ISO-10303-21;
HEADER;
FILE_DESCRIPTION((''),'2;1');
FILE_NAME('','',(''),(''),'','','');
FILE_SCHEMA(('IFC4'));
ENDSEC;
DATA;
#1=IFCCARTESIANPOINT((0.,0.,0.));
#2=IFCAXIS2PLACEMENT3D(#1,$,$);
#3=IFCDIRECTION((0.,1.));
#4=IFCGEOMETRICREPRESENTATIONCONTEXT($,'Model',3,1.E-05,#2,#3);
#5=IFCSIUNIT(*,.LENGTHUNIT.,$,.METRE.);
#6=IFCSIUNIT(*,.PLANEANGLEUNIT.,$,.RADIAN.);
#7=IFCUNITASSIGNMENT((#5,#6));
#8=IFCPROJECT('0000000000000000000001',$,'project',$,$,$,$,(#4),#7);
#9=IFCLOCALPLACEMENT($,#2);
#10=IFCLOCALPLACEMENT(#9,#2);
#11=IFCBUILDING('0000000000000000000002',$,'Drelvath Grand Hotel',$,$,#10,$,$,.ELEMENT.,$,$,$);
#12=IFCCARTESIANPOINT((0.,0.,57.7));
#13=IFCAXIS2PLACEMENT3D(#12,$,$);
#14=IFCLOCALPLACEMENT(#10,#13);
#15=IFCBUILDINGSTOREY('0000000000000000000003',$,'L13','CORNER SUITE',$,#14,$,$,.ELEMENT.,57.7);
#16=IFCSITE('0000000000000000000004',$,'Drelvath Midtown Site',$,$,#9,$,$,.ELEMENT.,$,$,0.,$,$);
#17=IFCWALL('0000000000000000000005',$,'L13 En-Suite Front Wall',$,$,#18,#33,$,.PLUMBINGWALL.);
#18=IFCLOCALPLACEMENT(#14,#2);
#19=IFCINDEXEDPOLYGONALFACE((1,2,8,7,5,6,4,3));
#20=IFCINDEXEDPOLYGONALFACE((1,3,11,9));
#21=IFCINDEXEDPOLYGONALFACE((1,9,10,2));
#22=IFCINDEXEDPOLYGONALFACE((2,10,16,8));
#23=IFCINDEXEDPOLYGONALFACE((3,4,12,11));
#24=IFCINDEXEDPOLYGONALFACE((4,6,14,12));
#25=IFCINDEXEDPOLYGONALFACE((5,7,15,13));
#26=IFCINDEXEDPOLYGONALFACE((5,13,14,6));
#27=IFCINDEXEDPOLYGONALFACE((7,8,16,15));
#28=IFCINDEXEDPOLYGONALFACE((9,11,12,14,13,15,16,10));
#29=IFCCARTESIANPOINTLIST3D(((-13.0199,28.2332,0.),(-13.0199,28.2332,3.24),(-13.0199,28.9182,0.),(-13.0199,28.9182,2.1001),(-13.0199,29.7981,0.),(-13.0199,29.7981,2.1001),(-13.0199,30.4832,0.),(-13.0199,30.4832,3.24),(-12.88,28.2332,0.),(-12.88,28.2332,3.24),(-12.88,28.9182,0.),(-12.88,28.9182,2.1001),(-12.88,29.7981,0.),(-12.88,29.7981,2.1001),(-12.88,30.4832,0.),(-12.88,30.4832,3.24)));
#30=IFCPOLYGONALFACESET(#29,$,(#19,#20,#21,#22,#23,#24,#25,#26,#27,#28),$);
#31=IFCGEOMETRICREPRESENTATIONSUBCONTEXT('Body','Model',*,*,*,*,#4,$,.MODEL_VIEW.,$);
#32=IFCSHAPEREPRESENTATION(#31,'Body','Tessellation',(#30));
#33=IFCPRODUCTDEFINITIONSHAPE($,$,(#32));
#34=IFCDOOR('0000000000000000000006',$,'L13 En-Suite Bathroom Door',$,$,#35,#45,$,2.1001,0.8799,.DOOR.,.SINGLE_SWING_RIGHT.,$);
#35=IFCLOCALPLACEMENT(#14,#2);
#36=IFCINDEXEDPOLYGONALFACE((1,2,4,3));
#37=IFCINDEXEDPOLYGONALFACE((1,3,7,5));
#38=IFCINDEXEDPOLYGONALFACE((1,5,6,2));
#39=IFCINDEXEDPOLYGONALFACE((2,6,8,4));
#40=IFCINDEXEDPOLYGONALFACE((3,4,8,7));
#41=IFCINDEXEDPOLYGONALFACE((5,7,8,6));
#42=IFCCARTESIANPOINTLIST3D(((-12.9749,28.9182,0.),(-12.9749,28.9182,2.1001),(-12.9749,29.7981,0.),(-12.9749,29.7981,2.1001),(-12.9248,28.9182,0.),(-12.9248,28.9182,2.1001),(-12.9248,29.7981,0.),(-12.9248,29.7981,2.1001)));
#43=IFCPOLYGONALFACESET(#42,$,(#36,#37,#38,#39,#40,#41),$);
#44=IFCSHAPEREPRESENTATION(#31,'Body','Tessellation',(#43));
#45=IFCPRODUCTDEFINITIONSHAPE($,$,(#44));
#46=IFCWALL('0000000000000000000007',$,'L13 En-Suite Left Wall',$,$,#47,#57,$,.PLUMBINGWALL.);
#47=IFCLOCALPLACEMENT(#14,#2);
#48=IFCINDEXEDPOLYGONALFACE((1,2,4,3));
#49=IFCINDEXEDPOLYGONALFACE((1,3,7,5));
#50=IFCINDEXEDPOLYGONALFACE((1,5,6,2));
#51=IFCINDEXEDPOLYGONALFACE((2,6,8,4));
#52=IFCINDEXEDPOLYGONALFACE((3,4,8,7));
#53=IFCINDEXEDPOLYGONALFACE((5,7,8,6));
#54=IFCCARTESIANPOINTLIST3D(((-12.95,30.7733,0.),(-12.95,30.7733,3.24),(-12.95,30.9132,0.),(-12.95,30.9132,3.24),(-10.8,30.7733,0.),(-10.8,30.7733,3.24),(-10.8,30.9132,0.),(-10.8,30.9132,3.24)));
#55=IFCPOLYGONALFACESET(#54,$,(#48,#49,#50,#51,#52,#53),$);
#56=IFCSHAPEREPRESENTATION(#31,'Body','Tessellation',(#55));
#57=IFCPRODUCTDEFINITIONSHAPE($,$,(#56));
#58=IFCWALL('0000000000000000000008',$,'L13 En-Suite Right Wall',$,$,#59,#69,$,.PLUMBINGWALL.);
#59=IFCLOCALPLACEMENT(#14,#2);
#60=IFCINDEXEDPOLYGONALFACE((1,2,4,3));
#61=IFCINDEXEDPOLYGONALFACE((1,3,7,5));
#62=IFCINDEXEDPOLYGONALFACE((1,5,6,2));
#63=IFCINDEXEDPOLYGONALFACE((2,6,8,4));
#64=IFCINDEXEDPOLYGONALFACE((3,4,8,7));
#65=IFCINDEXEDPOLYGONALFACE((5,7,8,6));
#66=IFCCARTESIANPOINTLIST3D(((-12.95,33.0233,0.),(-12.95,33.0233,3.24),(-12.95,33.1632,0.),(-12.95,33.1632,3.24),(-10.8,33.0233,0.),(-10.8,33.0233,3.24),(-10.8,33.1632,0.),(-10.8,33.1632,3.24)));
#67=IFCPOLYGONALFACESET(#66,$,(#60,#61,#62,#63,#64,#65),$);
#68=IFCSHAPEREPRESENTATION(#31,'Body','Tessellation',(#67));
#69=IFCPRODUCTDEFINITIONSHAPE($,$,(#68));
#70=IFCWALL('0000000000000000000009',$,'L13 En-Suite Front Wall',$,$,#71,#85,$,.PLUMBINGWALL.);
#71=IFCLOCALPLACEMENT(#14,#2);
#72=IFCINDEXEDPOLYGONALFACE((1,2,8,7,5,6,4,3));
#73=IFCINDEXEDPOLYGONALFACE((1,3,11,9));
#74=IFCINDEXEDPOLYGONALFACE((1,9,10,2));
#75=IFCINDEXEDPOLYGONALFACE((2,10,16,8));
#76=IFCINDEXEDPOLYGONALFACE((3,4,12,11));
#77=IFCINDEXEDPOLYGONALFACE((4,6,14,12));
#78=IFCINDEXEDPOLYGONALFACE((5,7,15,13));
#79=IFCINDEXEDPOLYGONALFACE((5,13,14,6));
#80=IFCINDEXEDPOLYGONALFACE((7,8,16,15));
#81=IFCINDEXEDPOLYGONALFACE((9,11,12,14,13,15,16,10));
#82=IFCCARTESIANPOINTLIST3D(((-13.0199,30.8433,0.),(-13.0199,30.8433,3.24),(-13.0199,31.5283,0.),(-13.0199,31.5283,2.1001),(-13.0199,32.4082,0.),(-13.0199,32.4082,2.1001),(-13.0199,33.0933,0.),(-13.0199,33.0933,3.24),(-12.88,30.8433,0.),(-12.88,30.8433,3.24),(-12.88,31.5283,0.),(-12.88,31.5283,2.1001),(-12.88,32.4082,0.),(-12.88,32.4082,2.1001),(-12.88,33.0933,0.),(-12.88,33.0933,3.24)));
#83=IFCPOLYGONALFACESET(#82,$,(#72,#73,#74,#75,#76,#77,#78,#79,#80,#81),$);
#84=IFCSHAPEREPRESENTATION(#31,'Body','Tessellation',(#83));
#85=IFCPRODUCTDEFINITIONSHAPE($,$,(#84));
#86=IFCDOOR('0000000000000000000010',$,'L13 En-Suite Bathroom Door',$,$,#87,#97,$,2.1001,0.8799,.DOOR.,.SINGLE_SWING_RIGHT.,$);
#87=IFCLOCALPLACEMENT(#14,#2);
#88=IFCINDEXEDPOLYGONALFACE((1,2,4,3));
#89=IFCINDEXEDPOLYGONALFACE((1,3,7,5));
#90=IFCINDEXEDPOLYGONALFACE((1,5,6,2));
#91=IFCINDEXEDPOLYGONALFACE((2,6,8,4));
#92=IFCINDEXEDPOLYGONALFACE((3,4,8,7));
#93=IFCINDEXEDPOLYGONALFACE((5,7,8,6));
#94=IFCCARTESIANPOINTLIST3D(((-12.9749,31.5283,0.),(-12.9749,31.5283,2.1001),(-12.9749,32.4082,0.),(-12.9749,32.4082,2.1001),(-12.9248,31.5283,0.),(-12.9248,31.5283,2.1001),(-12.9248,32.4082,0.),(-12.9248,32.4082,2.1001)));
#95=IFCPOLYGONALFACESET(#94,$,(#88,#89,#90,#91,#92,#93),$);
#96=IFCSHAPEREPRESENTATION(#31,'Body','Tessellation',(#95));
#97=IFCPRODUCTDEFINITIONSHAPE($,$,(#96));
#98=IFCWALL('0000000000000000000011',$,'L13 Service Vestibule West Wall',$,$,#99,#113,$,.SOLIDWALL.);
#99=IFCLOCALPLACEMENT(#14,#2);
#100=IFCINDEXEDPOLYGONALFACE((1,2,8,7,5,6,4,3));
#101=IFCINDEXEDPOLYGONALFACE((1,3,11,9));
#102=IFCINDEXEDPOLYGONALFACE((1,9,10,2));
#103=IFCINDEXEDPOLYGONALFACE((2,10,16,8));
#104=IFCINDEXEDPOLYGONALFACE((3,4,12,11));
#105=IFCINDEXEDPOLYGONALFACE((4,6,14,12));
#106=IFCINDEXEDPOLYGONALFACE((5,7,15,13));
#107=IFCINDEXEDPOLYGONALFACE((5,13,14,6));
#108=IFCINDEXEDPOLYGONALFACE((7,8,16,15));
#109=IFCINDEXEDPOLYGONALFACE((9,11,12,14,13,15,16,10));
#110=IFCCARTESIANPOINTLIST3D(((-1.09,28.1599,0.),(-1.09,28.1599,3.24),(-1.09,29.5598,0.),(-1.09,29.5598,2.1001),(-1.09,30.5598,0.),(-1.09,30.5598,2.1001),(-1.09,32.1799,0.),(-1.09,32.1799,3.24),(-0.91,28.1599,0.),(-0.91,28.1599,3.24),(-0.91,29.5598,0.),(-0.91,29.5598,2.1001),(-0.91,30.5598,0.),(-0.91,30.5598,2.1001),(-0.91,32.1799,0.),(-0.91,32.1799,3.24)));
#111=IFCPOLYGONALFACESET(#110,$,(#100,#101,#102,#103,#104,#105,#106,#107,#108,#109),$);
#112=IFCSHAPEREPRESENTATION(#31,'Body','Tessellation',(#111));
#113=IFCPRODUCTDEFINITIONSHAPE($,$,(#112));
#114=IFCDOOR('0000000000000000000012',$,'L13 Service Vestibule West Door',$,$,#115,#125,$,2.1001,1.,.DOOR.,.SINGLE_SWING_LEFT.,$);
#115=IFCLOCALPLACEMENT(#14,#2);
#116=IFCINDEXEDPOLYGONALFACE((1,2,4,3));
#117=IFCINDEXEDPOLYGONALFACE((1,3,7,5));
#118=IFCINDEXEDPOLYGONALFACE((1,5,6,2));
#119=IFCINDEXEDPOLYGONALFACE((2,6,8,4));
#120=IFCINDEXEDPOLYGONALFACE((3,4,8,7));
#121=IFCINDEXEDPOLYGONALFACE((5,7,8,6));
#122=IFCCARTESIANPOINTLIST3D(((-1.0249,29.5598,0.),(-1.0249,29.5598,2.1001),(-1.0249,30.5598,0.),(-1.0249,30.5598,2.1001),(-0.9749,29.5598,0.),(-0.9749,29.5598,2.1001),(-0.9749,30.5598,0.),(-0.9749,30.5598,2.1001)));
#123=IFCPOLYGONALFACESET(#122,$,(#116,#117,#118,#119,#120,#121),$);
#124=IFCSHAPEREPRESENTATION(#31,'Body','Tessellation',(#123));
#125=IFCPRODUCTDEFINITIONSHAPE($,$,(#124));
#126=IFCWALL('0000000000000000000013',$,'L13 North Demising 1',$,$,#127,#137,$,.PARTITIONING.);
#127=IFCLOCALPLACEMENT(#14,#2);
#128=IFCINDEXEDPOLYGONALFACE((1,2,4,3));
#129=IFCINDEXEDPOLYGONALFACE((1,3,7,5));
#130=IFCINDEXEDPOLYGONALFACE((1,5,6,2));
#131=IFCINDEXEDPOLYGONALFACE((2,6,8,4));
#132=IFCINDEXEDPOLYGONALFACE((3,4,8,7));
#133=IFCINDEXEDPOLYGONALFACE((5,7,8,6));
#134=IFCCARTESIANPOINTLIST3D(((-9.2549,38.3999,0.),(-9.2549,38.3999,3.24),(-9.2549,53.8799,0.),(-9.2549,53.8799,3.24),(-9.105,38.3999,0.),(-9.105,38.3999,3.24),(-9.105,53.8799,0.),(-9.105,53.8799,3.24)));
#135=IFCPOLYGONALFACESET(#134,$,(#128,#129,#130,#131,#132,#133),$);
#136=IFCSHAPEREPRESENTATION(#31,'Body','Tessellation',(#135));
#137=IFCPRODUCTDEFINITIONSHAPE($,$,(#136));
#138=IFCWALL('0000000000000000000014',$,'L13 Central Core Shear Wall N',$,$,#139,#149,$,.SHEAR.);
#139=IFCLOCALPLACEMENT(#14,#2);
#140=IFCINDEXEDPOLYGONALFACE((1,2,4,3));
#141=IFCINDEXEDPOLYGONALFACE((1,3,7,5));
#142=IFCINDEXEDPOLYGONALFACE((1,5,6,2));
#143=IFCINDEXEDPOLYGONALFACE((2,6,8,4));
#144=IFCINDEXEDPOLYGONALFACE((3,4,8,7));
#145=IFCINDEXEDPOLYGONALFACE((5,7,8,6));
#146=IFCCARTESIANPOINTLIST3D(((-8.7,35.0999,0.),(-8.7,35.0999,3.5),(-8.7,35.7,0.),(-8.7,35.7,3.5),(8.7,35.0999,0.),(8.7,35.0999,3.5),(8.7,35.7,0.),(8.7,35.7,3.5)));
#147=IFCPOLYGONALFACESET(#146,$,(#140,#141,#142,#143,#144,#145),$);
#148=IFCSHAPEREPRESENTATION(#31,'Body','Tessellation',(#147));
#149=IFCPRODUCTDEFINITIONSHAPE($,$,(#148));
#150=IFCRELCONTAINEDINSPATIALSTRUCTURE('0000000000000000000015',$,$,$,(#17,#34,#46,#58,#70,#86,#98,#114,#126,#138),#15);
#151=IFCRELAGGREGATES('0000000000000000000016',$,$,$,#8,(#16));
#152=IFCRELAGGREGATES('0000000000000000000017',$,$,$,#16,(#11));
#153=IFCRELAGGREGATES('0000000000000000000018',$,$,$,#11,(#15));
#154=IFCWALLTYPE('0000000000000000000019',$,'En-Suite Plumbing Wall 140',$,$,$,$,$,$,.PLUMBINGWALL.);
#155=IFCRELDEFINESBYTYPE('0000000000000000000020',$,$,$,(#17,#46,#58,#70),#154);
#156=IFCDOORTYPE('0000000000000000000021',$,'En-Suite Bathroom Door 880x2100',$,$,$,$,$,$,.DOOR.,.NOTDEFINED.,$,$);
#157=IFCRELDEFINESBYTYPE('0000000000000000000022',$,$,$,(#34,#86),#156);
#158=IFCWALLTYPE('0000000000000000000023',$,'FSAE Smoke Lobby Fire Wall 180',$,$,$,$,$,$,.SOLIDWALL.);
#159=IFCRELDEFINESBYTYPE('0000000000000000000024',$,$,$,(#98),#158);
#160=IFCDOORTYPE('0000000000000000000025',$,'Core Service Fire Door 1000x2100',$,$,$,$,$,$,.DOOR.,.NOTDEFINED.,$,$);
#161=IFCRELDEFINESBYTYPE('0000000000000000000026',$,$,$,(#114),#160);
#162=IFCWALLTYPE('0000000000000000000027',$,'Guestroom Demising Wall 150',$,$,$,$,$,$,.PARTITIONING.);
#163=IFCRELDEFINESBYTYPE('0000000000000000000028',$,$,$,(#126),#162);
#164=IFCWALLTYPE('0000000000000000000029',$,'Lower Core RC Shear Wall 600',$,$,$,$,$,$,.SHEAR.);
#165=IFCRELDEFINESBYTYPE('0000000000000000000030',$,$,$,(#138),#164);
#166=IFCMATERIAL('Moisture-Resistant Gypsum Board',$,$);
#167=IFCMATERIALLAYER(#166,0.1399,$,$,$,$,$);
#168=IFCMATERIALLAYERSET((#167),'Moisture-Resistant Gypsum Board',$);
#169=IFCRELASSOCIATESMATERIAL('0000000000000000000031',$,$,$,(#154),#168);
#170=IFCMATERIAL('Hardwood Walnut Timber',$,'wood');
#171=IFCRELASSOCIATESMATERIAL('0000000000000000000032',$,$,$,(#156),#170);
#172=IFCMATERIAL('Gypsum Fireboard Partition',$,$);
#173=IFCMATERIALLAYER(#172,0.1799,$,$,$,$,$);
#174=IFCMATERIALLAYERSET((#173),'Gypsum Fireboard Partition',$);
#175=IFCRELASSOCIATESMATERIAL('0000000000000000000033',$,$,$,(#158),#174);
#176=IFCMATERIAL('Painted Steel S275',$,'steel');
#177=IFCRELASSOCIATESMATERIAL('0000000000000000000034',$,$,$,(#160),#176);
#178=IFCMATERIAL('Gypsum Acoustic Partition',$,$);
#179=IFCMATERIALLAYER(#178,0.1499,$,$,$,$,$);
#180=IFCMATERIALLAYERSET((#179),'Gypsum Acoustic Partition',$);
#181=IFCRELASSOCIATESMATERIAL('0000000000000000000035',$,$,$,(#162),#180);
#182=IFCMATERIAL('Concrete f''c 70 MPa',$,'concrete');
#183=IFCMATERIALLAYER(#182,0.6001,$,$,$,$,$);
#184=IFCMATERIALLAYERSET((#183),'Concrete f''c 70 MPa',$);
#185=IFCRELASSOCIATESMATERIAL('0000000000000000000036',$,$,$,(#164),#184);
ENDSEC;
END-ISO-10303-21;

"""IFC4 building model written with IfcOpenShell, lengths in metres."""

from ifc_helpers import new_model, si_unit, direction, frame, frame_2d, origin, place, context, subcontext, project, spatial, rectangle, extrude, material, layer, layer_set, type_object, element, fill, save


model = new_model("IFC4")

# Units and contexts
model_context = context("Model", 3, precision=1e-05, world=origin(), true_north=direction((0.0, 1.0)))
body_context = subcontext(model_context, "Body", "Model", "MODEL_VIEW")
ifc_project = project(units=[si_unit("LENGTHUNIT", "METRE"), si_unit("PLANEANGLEUNIT", "RADIAN")], contexts=[model_context])

# Site, building, storey
site_placement = place(None, origin())
site = spatial("IfcSite", under=ifc_project, at=site_placement, Name="Drelvath Midtown Site", CompositionType="ELEMENT", RefElevation=0.0)
building_placement = place(site_placement, origin())
building = spatial("IfcBuilding", under=site, at=building_placement, Name="Drelvath Grand Hotel", CompositionType="ELEMENT")
storey_placement = place(building_placement, frame((0.0, 0.0, 57.7)))
storey = spatial("IfcBuildingStorey", under=building, at=storey_placement, Name="L13", Description="CORNER SUITE", CompositionType="ELEMENT", Elevation=57.7)

# Shared definitions
ifc_material_1 = material(Name="Concrete f'c 70 MPa", Category="concrete")

# Shared definitions
ifc_material_2 = material(Name="Painted Steel S275", Category="steel")

# Shared definitions
ifc_material_3 = material(Name="Gypsum Fireboard Partition")
ifc_material_4 = material(Name="Moisture-Resistant Gypsum Board")
ifc_layer_1 = layer(ifc_material_4, 0.1399)
ifc_layer_set_1 = layer_set([ifc_layer_1], Name="Moisture-Resistant Gypsum Board")
wall_type_1 = type_object("IfcWallType", Name="En-Suite Plumbing Wall 140", PredefinedType="PLUMBINGWALL", material=ifc_layer_set_1)

# Wall, opening, door
wall_1_placement = place(storey_placement, frame((-12.95, 28.2332, 0.0), z_axis=(0.0, 0.0, 1.0), x_axis=(0.0, 1.0, 0.0)))
wall_1 = element("IfcWall", 1, at=wall_1_placement, inside=storey, type_object=wall_type_1, Name="L13 En-Suite Front Wall", PredefinedType="PLUMBINGWALL", context=body_context, shape_type="SweptSolid", body=[
    extrude(rectangle(XDim=2.25, YDim=0.1399, at=frame_2d((1.125, 0.0))), origin(), (0.0, 0.0, 1.0), 3.24),
])
opening_1_placement = place(wall_1_placement, frame((0.6851, 0.0, 0.0)))
opening_1 = element("IfcOpeningElement", 2, at=opening_1_placement, cuts=wall_1, PredefinedType="OPENING", context=body_context, shape_type="SweptSolid", body=[
    extrude(rectangle(XDim=0.8799, YDim=2.1001, at=frame_2d((0.4399, 1.05))), frame((0.0, 0.0798, 0.0), z_axis=(0.0, -1.0, 0.0), x_axis=(1.0, 0.0, 0.0)), (0.0, 0.0, 1.0), 0.1599),
])
ifc_material_5 = material(Name="Hardwood Walnut Timber", Category="wood")
door_type_1 = type_object("IfcDoorType", Name="En-Suite Bathroom Door 880x2100", OperationType="NOTDEFINED", PredefinedType="DOOR", material=ifc_material_5)
door_1_placement = place(opening_1_placement, origin())
door_1 = element("IfcDoor", 3, at=door_1_placement, inside=storey, type_object=door_type_1, Name="L13 En-Suite Bathroom Door", OperationType="SINGLE_SWING_RIGHT", OverallHeight=2.1001, OverallWidth=0.8799, PredefinedType="DOOR", context=body_context, shape_type="SweptSolid", body=[
    extrude(rectangle(XDim=0.8799, YDim=2.1001, at=frame_2d((0.4399, 1.05))), frame((0.0, 0.0249, 0.0), z_axis=(0.0, -1.0, 0.0), x_axis=(1.0, 0.0, 0.0)), (0.0, 0.0, 1.0), 0.05),
])
fill(opening_1, door_1)

# Walls
for number, where, z_axis, x_axis, name in (
    (4, (-10.8, 30.8433, 0.0), (0.0, 0.0, 1.0), (-1.0, 0.0, 0.0), "L13 En-Suite Left Wall"),
    (5, (-10.8, 33.0933, 0.0), (0.0, 0.0, 1.0), (-1.0, 0.0, 0.0), "L13 En-Suite Right Wall"),
):
    element("IfcWall", number, at=place(storey_placement, frame(where, z_axis=z_axis, x_axis=x_axis)), inside=storey, type_object=wall_type_1, Name=name, PredefinedType="PLUMBINGWALL", context=body_context, shape_type="SweptSolid", body=[
        extrude(rectangle(XDim=2.1499, YDim=0.1399, at=frame_2d((1.075, 0.0))), origin(), (0.0, 0.0, 1.0), 3.24),
    ])

# Walls, openings, doors
wall_2_placement = place(storey_placement, frame((-12.95, 30.8433, 0.0), z_axis=(0.0, 0.0, 1.0), x_axis=(0.0, 1.0, 0.0)))
wall_2 = element("IfcWall", 6, at=wall_2_placement, inside=storey, type_object=wall_type_1, Name="L13 En-Suite Front Wall", PredefinedType="PLUMBINGWALL", context=body_context, shape_type="SweptSolid", body=[
    extrude(rectangle(XDim=2.25, YDim=0.1399, at=frame_2d((1.125, 0.0))), origin(), (0.0, 0.0, 1.0), 3.24),
])
opening_2_placement = place(wall_2_placement, frame((0.6851, 0.0, 0.0)))
opening_2 = element("IfcOpeningElement", 7, at=opening_2_placement, cuts=wall_2, PredefinedType="OPENING", context=body_context, shape_type="SweptSolid", body=[
    extrude(rectangle(XDim=0.8799, YDim=2.1001, at=frame_2d((0.4399, 1.05))), frame((0.0, 0.0798, 0.0), z_axis=(0.0, -1.0, 0.0), x_axis=(1.0, 0.0, 0.0)), (0.0, 0.0, 1.0), 0.1599),
])
door_2_placement = place(opening_2_placement, origin())
door_2 = element("IfcDoor", 8, at=door_2_placement, inside=storey, type_object=door_type_1, Name="L13 En-Suite Bathroom Door", OperationType="SINGLE_SWING_RIGHT", OverallHeight=2.1001, OverallWidth=0.8799, PredefinedType="DOOR", context=body_context, shape_type="SweptSolid", body=[
    extrude(rectangle(XDim=0.8799, YDim=2.1001, at=frame_2d((0.4399, 1.05))), frame((0.0, 0.0249, 0.0), z_axis=(0.0, -1.0, 0.0), x_axis=(1.0, 0.0, 0.0)), (0.0, 0.0, 1.0), 0.05),
])
fill(opening_2, door_2)
ifc_layer_2 = layer(ifc_material_3, 0.1799)
ifc_layer_set_2 = layer_set([ifc_layer_2], Name="Gypsum Fireboard Partition")
wall_type_2 = type_object("IfcWallType", Name="FSAE Smoke Lobby Fire Wall 180", PredefinedType="SOLIDWALL", material=ifc_layer_set_2)
wall_3_placement = place(storey_placement, frame((-1.0, 28.1599, 0.0), z_axis=(0.0, 0.0, 1.0), x_axis=(0.0, 1.0, 0.0)))
wall_3 = element("IfcWall", 9, at=wall_3_placement, inside=storey, type_object=wall_type_2, Name="L13 Service Vestibule West Wall", PredefinedType="SOLIDWALL", context=body_context, shape_type="SweptSolid", body=[
    extrude(rectangle(XDim=4.02, YDim=0.1799, at=frame_2d((2.01, 0.0))), origin(), (0.0, 0.0, 1.0), 3.24),
])
opening_3_placement = place(wall_3_placement, frame((1.3999, 0.0, 0.0)))
opening_3 = element("IfcOpeningElement", 10, at=opening_3_placement, cuts=wall_3, PredefinedType="OPENING", context=body_context, shape_type="SweptSolid", body=[
    extrude(rectangle(XDim=1.0, YDim=2.1001, at=frame_2d((0.5, 1.05))), frame((0.0, 0.0999, 0.0), z_axis=(0.0, -1.0, 0.0), x_axis=(1.0, 0.0, 0.0)), (0.0, 0.0, 1.0), 0.2),
])
door_type_2 = type_object("IfcDoorType", Name="Core Service Fire Door 1000x2100", OperationType="NOTDEFINED", PredefinedType="DOOR", material=ifc_material_2)
door_3_placement = place(opening_3_placement, origin())
door_3 = element("IfcDoor", 11, at=door_3_placement, inside=storey, type_object=door_type_2, Name="L13 Service Vestibule West Door", OperationType="SINGLE_SWING_LEFT", OverallHeight=2.1001, OverallWidth=1.0, PredefinedType="DOOR", context=body_context, shape_type="SweptSolid", body=[
    extrude(rectangle(XDim=1.0, YDim=2.1001, at=frame_2d((0.5, 1.05))), frame((0.0, 0.0249, 0.0), z_axis=(0.0, -1.0, 0.0), x_axis=(1.0, 0.0, 0.0)), (0.0, 0.0, 1.0), 0.05),
])
fill(opening_3, door_3)

# Walls
ifc_material_6 = material(Name="Gypsum Acoustic Partition")
ifc_layer_3 = layer(ifc_material_6, 0.1499)
ifc_layer_set_3 = layer_set([ifc_layer_3], Name="Gypsum Acoustic Partition")
wall_type_3 = type_object("IfcWallType", Name="Guestroom Demising Wall 150", PredefinedType="PARTITIONING", material=ifc_layer_set_3)
wall_4_placement = place(storey_placement, frame((-9.1799, 38.3999, 0.0), z_axis=(0.0, 0.0, 1.0), x_axis=(0.0, 1.0, 0.0)))
element("IfcWall", 12, at=wall_4_placement, inside=storey, type_object=wall_type_3, Name="L13 North Demising 1", PredefinedType="PARTITIONING", context=body_context, shape_type="SweptSolid", body=[
    extrude(rectangle(XDim=15.48, YDim=0.1499, at=frame_2d((7.74, 0.0))), origin(), (0.0, 0.0, 1.0), 3.24),
])
ifc_layer_4 = layer(ifc_material_1, 0.6001)
ifc_layer_set_4 = layer_set([ifc_layer_4], Name="Concrete f'c 70 MPa")
wall_type_4 = type_object("IfcWallType", Name="Lower Core RC Shear Wall 600", PredefinedType="SHEAR", material=ifc_layer_set_4)
wall_5_placement = place(storey_placement, frame((-8.7, 35.3999, 0.0), z_axis=(0.0, 0.0, 1.0), x_axis=(1.0, 0.0, 0.0)))
element("IfcWall", 13, at=wall_5_placement, inside=storey, type_object=wall_type_4, Name="L13 Central Core Shear Wall N", PredefinedType="SHEAR", context=body_context, shape_type="SweptSolid", body=[
    extrude(rectangle(XDim=17.3999, YDim=0.6001, at=frame_2d((8.7, 0.0))), origin(), (0.0, 0.0, 1.0), 3.5),
])

save(model, "model.ifc")
